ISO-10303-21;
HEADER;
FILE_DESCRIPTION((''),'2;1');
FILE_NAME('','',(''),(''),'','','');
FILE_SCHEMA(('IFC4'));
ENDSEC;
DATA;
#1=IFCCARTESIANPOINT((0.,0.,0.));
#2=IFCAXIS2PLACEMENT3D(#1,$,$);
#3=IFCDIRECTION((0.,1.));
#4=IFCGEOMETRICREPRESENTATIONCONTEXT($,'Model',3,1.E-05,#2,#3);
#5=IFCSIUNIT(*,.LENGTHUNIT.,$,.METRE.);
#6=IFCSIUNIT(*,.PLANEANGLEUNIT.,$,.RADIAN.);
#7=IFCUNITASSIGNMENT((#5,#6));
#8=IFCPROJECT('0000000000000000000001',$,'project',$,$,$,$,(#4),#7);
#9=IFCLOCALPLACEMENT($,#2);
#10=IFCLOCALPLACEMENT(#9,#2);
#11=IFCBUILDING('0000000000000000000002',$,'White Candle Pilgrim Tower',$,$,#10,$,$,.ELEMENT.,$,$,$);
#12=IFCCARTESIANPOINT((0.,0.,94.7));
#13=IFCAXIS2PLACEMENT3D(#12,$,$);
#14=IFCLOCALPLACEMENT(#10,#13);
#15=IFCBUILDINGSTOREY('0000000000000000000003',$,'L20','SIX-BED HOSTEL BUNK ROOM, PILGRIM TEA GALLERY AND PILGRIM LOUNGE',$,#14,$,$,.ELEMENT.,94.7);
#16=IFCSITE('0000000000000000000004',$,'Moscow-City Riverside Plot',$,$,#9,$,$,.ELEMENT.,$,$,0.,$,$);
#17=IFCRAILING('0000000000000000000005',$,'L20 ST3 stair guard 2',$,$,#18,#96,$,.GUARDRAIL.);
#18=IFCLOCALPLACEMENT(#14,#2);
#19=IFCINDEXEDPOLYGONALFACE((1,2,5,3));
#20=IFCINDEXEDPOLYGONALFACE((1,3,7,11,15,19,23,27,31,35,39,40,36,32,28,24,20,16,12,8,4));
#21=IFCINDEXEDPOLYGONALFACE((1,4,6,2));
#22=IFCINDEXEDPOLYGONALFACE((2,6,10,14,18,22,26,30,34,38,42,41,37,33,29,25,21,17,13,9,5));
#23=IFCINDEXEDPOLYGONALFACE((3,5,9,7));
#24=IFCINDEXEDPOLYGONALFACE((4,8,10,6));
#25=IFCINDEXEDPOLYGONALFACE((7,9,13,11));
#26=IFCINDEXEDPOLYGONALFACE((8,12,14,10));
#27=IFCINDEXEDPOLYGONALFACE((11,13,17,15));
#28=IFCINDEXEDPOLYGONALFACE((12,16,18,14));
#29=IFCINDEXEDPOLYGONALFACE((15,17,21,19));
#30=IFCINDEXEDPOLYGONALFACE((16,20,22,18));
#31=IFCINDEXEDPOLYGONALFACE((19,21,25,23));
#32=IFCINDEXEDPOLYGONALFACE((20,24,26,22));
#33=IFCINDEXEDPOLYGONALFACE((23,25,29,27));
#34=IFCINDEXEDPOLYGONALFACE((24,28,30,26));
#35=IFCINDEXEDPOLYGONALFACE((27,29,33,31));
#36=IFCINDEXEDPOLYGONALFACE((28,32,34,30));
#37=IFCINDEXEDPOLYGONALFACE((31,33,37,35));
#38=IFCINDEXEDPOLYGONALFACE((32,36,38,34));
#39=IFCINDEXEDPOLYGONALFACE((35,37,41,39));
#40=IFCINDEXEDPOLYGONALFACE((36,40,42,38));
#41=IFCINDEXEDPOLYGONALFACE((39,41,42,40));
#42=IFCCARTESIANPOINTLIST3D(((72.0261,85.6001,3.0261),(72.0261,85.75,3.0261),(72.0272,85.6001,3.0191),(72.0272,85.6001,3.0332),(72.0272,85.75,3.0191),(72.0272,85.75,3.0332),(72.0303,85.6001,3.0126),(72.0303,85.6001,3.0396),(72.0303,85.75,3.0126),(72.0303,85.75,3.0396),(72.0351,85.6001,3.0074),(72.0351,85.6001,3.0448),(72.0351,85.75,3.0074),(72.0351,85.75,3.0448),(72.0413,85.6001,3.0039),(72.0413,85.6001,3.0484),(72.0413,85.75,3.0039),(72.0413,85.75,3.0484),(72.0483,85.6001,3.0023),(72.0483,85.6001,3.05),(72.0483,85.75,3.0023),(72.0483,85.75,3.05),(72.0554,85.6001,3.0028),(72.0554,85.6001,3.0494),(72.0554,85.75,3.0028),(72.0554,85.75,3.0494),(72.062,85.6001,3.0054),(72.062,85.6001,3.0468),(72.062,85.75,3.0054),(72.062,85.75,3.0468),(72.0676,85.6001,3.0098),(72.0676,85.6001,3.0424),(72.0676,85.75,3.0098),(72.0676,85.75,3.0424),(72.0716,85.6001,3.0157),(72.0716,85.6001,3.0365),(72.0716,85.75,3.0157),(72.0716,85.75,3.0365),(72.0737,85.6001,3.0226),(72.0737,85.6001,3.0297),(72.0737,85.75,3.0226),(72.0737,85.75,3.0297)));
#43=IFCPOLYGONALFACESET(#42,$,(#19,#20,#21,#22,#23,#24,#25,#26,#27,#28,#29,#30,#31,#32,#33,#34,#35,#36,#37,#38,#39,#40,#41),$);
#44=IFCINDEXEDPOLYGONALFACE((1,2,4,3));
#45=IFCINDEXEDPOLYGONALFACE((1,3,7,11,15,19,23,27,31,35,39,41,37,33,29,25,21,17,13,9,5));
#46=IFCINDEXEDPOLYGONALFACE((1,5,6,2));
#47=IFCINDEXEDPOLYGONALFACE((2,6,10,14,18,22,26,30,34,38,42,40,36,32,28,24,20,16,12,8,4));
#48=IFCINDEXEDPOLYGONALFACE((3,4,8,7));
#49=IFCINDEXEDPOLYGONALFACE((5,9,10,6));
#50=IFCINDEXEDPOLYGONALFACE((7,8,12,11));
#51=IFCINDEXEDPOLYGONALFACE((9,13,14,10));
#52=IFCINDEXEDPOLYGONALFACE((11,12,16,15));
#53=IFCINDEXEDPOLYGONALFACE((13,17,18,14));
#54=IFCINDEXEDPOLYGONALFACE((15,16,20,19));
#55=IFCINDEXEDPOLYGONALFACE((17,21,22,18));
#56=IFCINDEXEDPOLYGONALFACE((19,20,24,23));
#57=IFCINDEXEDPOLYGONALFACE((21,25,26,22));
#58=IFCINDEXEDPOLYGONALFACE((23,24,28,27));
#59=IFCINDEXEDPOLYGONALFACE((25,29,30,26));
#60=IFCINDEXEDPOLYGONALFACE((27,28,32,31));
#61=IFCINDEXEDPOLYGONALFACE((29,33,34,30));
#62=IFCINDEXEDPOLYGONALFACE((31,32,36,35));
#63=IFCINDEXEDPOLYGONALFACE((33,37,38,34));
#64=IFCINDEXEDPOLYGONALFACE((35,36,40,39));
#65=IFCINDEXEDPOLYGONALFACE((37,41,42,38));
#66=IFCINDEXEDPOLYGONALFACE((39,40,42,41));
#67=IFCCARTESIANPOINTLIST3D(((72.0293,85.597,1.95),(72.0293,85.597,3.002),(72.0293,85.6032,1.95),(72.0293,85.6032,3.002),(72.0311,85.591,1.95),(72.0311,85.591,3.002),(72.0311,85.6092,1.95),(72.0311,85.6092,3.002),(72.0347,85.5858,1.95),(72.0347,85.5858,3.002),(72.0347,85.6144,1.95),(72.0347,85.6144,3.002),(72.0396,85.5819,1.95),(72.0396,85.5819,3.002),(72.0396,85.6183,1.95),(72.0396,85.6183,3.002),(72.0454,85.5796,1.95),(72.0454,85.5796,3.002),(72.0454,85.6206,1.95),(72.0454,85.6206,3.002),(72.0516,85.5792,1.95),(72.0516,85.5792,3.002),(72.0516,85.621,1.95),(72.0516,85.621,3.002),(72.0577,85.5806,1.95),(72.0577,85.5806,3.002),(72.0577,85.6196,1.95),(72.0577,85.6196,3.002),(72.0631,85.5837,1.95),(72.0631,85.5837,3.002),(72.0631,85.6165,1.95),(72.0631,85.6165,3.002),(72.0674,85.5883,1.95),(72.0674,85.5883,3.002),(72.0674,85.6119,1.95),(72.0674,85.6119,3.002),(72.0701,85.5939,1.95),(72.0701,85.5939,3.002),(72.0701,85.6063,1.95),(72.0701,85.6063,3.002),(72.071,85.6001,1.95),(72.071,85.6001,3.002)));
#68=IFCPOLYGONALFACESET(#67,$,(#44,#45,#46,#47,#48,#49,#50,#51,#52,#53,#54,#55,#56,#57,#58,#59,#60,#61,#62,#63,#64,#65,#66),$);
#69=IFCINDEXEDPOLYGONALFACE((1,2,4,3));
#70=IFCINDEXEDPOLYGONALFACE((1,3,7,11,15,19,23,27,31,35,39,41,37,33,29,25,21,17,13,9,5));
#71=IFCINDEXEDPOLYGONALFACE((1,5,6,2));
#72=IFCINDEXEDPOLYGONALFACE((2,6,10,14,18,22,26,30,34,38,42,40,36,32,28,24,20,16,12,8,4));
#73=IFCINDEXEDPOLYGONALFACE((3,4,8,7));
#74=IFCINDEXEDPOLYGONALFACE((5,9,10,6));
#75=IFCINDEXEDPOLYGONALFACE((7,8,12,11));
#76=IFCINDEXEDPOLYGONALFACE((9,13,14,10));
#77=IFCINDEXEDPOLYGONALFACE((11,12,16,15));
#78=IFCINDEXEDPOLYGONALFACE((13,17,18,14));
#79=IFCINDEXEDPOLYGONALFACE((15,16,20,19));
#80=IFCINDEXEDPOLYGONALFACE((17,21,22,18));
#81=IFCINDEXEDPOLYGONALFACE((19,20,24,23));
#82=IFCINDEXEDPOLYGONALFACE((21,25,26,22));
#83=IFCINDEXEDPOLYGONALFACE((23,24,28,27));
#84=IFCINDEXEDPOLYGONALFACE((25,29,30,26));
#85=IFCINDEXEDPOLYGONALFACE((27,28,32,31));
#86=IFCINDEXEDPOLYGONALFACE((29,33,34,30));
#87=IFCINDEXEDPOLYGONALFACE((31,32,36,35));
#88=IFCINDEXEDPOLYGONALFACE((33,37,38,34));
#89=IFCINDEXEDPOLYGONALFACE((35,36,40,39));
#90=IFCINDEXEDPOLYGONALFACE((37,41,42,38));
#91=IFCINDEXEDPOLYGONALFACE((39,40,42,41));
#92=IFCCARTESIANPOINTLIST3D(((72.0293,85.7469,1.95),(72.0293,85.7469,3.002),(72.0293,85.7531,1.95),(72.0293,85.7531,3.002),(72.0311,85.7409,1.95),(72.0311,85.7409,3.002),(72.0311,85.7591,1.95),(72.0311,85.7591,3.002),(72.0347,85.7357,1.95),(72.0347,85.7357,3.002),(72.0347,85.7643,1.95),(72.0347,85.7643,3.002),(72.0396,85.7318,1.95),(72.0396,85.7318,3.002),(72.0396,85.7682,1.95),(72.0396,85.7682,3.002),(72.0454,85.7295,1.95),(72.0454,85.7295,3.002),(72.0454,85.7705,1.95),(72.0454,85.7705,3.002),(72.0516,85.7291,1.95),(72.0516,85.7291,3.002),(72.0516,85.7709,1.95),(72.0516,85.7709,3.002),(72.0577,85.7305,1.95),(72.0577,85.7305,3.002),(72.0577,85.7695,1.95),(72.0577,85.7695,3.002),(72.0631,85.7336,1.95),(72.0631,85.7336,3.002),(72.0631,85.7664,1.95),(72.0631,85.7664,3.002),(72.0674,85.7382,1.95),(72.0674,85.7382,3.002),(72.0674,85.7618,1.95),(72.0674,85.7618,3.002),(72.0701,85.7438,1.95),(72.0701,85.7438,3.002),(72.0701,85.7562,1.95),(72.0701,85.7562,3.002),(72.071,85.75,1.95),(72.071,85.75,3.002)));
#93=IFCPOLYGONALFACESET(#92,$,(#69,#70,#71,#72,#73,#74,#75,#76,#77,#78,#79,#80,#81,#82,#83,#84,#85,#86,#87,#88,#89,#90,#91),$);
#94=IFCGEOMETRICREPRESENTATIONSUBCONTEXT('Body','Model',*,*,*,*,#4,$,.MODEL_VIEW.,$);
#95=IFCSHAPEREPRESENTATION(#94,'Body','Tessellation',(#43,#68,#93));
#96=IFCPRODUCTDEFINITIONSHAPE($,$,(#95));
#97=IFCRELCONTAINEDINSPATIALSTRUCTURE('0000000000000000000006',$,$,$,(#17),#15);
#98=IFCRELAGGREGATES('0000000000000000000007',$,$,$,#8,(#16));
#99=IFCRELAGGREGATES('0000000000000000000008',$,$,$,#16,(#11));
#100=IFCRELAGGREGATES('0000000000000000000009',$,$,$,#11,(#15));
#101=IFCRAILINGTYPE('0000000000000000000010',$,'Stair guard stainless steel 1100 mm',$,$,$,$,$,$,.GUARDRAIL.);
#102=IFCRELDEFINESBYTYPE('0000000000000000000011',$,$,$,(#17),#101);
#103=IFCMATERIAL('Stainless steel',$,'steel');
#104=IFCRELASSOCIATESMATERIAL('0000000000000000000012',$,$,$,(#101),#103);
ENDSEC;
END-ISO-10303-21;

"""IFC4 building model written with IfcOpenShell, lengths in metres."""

from ifc_helpers import new_model, si_unit, direction, frame, origin, origin_2d, place, context, subcontext, project, spatial, circle, extrude, material, type_object, element, save


model = new_model("IFC4")

# Units and contexts
model_context = context("Model", 3, precision=1e-05, world=origin(), true_north=direction((0.0, 1.0)))
body_context = subcontext(model_context, "Body", "Model", "MODEL_VIEW")
ifc_project = project(units=[si_unit("LENGTHUNIT", "METRE"), si_unit("PLANEANGLEUNIT", "RADIAN")], contexts=[model_context])

# Site, building, storey
site_placement = place(None, origin())
site = spatial("IfcSite", under=ifc_project, at=site_placement, Name="Moscow-City Riverside Plot", CompositionType="ELEMENT", RefElevation=0.0)
building_placement = place(site_placement, origin())
building = spatial("IfcBuilding", under=site, at=building_placement, Name="White Candle Pilgrim Tower", CompositionType="ELEMENT")
storey_placement = place(building_placement, frame((0.0, 0.0, 94.7)))
storey = spatial("IfcBuildingStorey", under=building, at=storey_placement, Name="L20", Description="SIX-BED HOSTEL BUNK ROOM, PILGRIM TEA GALLERY AND PILGRIM LOUNGE", CompositionType="ELEMENT", Elevation=94.7)

# Railing
ifc_material_1 = material(Name="Stainless steel", Category="steel")
railing_type_1 = type_object("IfcRailingType", Name="Stair guard stainless steel 1100 mm", PredefinedType="GUARDRAIL", material=ifc_material_1)
railing_1_placement = place(storey_placement, frame((72.05, 85.6001, 1.95)))
element("IfcRailing", 1, at=railing_1_placement, inside=storey, type_object=railing_type_1, Name="L20 ST3 stair guard 2", PredefinedType="GUARDRAIL", context=body_context, shape_type="SweptSolid", body=[
    extrude(circle(Radius=0.0239, at=origin_2d()), frame((0.0, 0.0, 1.0762), z_axis=(0.0, 1.0, 0.0), x_axis=(-1.0, 0.0, 0.0)), (0.0, 0.0, 1.0), 0.1499),
    extrude(circle(Radius=0.021, at=origin_2d()), origin(), (0.0, 0.0, 1.0), 1.052),
    extrude(circle(Radius=0.021, at=origin_2d()), frame((0.0, 0.1499, 0.0)), (0.0, 0.0, 1.0), 1.052),
])

save(model, "model.ifc")
